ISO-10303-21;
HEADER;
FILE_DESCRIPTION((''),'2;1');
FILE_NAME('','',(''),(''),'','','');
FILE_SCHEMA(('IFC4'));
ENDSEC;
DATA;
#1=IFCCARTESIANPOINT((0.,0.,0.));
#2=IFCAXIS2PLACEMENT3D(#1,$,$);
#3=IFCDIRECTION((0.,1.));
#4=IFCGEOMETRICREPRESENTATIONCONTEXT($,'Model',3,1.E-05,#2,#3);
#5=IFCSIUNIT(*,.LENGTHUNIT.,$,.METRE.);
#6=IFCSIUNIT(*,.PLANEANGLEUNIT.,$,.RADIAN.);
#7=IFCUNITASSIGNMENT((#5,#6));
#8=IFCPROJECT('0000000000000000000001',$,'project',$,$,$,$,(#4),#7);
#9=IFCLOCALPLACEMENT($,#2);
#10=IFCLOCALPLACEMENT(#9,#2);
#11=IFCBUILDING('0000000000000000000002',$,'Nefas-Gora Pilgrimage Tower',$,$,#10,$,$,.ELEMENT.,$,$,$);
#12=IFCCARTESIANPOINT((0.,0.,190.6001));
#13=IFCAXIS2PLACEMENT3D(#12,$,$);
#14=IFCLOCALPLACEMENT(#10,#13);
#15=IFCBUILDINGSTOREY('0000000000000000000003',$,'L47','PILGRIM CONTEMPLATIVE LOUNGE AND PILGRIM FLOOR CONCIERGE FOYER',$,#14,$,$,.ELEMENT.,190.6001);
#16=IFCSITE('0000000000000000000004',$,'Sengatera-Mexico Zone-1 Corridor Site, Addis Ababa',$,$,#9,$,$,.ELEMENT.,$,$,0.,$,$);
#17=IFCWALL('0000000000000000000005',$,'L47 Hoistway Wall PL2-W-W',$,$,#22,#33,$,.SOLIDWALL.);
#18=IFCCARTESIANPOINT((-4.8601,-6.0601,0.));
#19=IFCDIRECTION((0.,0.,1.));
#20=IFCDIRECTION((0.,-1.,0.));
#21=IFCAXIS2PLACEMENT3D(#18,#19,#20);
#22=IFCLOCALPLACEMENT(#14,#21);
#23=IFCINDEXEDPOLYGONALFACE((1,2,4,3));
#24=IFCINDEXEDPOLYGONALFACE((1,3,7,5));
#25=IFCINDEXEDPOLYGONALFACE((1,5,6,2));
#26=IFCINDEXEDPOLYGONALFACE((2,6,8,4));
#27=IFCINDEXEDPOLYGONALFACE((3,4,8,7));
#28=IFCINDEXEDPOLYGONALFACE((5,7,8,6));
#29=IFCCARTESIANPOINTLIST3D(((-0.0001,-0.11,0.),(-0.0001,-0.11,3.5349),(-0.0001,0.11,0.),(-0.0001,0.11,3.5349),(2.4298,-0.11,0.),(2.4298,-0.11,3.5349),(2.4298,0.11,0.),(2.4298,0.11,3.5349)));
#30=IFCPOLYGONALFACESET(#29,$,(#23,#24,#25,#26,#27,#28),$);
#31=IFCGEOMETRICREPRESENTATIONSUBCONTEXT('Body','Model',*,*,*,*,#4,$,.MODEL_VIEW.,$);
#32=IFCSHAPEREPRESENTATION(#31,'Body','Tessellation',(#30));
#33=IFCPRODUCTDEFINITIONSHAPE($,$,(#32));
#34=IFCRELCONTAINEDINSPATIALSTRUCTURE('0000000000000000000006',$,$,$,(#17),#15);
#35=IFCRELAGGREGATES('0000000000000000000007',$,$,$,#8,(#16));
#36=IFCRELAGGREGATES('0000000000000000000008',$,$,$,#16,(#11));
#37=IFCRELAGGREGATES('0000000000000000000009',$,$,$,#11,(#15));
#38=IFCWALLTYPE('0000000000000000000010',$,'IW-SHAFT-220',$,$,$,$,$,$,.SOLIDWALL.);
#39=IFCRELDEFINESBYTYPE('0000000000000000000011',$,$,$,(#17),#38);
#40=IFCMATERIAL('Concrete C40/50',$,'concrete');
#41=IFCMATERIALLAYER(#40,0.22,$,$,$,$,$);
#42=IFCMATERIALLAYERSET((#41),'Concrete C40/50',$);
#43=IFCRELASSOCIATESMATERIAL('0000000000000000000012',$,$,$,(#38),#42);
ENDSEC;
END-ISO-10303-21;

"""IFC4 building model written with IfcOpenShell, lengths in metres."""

from ifc_helpers import new_model, si_unit, direction, frame, frame_2d, origin, place, context, subcontext, project, spatial, rectangle, extrude, source, transform, mapped, material, layer, layer_set, type_object, element, save


model = new_model("IFC4")

# Units and contexts
model_context = context("Model", 3, precision=1e-05, world=origin(), true_north=direction((0.0, 1.0)))
body_context = subcontext(model_context, "Body", "Model", "MODEL_VIEW")
ifc_project = project(units=[si_unit("LENGTHUNIT", "METRE"), si_unit("PLANEANGLEUNIT", "RADIAN")], contexts=[model_context])

# Site, building, storey
site_placement = place(None, origin())
site = spatial("IfcSite", under=ifc_project, at=site_placement, Name="Sengatera-Mexico Zone-1 Corridor Site, Addis Ababa", CompositionType="ELEMENT", RefElevation=0.0)
building_placement = place(site_placement, origin())
building = spatial("IfcBuilding", under=site, at=building_placement, Name="Nefas-Gora Pilgrimage Tower", CompositionType="ELEMENT")
storey_placement = place(building_placement, frame((0.0, 0.0, 190.6001)))
storey = spatial("IfcBuildingStorey", under=building, at=storey_placement, Name="L47", Description="PILGRIM CONTEMPLATIVE LOUNGE AND PILGRIM FLOOR CONCIERGE FOYER", CompositionType="ELEMENT", Elevation=190.6001)

# Wall
ifc_material_1 = material(Name="Concrete C40/50", Category="concrete")
ifc_layer_1 = layer(ifc_material_1, 0.22)
ifc_layer_set_1 = layer_set([ifc_layer_1], Name="Concrete C40/50")
wall_type_1 = type_object("IfcWallType", Name="IW-SHAFT-220", PredefinedType="SOLIDWALL", material=ifc_layer_set_1)
shared_shape_1 = source(origin(), body_context, "Body", "SweptSolid", [
    extrude(rectangle(XDim=2.4299, YDim=0.22, at=frame_2d((1.2148, 0.0))), origin(), (0.0, 0.0, 1.0), 3.5349),
])
wall_1_placement = place(storey_placement, frame((-4.8601, -6.0601, 0.0), z_axis=(0.0, 0.0, 1.0), x_axis=(0.0, -1.0, 0.0)))
element("IfcWall", 1, at=wall_1_placement, inside=storey, type_object=wall_type_1, Name="L47 Hoistway Wall PL2-W-W", PredefinedType="SOLIDWALL", context=body_context, shape_type="MappedRepresentation", body=[
    mapped(shared_shape_1, transform((0.0, 0.0, 0.0), x_axis=(1.0, 0.0, 0.0), y_axis=(0.0, 1.0, 0.0), z_axis=(0.0, 0.0, 1.0), scale=1.0)),
])

save(model, "model.ifc")
